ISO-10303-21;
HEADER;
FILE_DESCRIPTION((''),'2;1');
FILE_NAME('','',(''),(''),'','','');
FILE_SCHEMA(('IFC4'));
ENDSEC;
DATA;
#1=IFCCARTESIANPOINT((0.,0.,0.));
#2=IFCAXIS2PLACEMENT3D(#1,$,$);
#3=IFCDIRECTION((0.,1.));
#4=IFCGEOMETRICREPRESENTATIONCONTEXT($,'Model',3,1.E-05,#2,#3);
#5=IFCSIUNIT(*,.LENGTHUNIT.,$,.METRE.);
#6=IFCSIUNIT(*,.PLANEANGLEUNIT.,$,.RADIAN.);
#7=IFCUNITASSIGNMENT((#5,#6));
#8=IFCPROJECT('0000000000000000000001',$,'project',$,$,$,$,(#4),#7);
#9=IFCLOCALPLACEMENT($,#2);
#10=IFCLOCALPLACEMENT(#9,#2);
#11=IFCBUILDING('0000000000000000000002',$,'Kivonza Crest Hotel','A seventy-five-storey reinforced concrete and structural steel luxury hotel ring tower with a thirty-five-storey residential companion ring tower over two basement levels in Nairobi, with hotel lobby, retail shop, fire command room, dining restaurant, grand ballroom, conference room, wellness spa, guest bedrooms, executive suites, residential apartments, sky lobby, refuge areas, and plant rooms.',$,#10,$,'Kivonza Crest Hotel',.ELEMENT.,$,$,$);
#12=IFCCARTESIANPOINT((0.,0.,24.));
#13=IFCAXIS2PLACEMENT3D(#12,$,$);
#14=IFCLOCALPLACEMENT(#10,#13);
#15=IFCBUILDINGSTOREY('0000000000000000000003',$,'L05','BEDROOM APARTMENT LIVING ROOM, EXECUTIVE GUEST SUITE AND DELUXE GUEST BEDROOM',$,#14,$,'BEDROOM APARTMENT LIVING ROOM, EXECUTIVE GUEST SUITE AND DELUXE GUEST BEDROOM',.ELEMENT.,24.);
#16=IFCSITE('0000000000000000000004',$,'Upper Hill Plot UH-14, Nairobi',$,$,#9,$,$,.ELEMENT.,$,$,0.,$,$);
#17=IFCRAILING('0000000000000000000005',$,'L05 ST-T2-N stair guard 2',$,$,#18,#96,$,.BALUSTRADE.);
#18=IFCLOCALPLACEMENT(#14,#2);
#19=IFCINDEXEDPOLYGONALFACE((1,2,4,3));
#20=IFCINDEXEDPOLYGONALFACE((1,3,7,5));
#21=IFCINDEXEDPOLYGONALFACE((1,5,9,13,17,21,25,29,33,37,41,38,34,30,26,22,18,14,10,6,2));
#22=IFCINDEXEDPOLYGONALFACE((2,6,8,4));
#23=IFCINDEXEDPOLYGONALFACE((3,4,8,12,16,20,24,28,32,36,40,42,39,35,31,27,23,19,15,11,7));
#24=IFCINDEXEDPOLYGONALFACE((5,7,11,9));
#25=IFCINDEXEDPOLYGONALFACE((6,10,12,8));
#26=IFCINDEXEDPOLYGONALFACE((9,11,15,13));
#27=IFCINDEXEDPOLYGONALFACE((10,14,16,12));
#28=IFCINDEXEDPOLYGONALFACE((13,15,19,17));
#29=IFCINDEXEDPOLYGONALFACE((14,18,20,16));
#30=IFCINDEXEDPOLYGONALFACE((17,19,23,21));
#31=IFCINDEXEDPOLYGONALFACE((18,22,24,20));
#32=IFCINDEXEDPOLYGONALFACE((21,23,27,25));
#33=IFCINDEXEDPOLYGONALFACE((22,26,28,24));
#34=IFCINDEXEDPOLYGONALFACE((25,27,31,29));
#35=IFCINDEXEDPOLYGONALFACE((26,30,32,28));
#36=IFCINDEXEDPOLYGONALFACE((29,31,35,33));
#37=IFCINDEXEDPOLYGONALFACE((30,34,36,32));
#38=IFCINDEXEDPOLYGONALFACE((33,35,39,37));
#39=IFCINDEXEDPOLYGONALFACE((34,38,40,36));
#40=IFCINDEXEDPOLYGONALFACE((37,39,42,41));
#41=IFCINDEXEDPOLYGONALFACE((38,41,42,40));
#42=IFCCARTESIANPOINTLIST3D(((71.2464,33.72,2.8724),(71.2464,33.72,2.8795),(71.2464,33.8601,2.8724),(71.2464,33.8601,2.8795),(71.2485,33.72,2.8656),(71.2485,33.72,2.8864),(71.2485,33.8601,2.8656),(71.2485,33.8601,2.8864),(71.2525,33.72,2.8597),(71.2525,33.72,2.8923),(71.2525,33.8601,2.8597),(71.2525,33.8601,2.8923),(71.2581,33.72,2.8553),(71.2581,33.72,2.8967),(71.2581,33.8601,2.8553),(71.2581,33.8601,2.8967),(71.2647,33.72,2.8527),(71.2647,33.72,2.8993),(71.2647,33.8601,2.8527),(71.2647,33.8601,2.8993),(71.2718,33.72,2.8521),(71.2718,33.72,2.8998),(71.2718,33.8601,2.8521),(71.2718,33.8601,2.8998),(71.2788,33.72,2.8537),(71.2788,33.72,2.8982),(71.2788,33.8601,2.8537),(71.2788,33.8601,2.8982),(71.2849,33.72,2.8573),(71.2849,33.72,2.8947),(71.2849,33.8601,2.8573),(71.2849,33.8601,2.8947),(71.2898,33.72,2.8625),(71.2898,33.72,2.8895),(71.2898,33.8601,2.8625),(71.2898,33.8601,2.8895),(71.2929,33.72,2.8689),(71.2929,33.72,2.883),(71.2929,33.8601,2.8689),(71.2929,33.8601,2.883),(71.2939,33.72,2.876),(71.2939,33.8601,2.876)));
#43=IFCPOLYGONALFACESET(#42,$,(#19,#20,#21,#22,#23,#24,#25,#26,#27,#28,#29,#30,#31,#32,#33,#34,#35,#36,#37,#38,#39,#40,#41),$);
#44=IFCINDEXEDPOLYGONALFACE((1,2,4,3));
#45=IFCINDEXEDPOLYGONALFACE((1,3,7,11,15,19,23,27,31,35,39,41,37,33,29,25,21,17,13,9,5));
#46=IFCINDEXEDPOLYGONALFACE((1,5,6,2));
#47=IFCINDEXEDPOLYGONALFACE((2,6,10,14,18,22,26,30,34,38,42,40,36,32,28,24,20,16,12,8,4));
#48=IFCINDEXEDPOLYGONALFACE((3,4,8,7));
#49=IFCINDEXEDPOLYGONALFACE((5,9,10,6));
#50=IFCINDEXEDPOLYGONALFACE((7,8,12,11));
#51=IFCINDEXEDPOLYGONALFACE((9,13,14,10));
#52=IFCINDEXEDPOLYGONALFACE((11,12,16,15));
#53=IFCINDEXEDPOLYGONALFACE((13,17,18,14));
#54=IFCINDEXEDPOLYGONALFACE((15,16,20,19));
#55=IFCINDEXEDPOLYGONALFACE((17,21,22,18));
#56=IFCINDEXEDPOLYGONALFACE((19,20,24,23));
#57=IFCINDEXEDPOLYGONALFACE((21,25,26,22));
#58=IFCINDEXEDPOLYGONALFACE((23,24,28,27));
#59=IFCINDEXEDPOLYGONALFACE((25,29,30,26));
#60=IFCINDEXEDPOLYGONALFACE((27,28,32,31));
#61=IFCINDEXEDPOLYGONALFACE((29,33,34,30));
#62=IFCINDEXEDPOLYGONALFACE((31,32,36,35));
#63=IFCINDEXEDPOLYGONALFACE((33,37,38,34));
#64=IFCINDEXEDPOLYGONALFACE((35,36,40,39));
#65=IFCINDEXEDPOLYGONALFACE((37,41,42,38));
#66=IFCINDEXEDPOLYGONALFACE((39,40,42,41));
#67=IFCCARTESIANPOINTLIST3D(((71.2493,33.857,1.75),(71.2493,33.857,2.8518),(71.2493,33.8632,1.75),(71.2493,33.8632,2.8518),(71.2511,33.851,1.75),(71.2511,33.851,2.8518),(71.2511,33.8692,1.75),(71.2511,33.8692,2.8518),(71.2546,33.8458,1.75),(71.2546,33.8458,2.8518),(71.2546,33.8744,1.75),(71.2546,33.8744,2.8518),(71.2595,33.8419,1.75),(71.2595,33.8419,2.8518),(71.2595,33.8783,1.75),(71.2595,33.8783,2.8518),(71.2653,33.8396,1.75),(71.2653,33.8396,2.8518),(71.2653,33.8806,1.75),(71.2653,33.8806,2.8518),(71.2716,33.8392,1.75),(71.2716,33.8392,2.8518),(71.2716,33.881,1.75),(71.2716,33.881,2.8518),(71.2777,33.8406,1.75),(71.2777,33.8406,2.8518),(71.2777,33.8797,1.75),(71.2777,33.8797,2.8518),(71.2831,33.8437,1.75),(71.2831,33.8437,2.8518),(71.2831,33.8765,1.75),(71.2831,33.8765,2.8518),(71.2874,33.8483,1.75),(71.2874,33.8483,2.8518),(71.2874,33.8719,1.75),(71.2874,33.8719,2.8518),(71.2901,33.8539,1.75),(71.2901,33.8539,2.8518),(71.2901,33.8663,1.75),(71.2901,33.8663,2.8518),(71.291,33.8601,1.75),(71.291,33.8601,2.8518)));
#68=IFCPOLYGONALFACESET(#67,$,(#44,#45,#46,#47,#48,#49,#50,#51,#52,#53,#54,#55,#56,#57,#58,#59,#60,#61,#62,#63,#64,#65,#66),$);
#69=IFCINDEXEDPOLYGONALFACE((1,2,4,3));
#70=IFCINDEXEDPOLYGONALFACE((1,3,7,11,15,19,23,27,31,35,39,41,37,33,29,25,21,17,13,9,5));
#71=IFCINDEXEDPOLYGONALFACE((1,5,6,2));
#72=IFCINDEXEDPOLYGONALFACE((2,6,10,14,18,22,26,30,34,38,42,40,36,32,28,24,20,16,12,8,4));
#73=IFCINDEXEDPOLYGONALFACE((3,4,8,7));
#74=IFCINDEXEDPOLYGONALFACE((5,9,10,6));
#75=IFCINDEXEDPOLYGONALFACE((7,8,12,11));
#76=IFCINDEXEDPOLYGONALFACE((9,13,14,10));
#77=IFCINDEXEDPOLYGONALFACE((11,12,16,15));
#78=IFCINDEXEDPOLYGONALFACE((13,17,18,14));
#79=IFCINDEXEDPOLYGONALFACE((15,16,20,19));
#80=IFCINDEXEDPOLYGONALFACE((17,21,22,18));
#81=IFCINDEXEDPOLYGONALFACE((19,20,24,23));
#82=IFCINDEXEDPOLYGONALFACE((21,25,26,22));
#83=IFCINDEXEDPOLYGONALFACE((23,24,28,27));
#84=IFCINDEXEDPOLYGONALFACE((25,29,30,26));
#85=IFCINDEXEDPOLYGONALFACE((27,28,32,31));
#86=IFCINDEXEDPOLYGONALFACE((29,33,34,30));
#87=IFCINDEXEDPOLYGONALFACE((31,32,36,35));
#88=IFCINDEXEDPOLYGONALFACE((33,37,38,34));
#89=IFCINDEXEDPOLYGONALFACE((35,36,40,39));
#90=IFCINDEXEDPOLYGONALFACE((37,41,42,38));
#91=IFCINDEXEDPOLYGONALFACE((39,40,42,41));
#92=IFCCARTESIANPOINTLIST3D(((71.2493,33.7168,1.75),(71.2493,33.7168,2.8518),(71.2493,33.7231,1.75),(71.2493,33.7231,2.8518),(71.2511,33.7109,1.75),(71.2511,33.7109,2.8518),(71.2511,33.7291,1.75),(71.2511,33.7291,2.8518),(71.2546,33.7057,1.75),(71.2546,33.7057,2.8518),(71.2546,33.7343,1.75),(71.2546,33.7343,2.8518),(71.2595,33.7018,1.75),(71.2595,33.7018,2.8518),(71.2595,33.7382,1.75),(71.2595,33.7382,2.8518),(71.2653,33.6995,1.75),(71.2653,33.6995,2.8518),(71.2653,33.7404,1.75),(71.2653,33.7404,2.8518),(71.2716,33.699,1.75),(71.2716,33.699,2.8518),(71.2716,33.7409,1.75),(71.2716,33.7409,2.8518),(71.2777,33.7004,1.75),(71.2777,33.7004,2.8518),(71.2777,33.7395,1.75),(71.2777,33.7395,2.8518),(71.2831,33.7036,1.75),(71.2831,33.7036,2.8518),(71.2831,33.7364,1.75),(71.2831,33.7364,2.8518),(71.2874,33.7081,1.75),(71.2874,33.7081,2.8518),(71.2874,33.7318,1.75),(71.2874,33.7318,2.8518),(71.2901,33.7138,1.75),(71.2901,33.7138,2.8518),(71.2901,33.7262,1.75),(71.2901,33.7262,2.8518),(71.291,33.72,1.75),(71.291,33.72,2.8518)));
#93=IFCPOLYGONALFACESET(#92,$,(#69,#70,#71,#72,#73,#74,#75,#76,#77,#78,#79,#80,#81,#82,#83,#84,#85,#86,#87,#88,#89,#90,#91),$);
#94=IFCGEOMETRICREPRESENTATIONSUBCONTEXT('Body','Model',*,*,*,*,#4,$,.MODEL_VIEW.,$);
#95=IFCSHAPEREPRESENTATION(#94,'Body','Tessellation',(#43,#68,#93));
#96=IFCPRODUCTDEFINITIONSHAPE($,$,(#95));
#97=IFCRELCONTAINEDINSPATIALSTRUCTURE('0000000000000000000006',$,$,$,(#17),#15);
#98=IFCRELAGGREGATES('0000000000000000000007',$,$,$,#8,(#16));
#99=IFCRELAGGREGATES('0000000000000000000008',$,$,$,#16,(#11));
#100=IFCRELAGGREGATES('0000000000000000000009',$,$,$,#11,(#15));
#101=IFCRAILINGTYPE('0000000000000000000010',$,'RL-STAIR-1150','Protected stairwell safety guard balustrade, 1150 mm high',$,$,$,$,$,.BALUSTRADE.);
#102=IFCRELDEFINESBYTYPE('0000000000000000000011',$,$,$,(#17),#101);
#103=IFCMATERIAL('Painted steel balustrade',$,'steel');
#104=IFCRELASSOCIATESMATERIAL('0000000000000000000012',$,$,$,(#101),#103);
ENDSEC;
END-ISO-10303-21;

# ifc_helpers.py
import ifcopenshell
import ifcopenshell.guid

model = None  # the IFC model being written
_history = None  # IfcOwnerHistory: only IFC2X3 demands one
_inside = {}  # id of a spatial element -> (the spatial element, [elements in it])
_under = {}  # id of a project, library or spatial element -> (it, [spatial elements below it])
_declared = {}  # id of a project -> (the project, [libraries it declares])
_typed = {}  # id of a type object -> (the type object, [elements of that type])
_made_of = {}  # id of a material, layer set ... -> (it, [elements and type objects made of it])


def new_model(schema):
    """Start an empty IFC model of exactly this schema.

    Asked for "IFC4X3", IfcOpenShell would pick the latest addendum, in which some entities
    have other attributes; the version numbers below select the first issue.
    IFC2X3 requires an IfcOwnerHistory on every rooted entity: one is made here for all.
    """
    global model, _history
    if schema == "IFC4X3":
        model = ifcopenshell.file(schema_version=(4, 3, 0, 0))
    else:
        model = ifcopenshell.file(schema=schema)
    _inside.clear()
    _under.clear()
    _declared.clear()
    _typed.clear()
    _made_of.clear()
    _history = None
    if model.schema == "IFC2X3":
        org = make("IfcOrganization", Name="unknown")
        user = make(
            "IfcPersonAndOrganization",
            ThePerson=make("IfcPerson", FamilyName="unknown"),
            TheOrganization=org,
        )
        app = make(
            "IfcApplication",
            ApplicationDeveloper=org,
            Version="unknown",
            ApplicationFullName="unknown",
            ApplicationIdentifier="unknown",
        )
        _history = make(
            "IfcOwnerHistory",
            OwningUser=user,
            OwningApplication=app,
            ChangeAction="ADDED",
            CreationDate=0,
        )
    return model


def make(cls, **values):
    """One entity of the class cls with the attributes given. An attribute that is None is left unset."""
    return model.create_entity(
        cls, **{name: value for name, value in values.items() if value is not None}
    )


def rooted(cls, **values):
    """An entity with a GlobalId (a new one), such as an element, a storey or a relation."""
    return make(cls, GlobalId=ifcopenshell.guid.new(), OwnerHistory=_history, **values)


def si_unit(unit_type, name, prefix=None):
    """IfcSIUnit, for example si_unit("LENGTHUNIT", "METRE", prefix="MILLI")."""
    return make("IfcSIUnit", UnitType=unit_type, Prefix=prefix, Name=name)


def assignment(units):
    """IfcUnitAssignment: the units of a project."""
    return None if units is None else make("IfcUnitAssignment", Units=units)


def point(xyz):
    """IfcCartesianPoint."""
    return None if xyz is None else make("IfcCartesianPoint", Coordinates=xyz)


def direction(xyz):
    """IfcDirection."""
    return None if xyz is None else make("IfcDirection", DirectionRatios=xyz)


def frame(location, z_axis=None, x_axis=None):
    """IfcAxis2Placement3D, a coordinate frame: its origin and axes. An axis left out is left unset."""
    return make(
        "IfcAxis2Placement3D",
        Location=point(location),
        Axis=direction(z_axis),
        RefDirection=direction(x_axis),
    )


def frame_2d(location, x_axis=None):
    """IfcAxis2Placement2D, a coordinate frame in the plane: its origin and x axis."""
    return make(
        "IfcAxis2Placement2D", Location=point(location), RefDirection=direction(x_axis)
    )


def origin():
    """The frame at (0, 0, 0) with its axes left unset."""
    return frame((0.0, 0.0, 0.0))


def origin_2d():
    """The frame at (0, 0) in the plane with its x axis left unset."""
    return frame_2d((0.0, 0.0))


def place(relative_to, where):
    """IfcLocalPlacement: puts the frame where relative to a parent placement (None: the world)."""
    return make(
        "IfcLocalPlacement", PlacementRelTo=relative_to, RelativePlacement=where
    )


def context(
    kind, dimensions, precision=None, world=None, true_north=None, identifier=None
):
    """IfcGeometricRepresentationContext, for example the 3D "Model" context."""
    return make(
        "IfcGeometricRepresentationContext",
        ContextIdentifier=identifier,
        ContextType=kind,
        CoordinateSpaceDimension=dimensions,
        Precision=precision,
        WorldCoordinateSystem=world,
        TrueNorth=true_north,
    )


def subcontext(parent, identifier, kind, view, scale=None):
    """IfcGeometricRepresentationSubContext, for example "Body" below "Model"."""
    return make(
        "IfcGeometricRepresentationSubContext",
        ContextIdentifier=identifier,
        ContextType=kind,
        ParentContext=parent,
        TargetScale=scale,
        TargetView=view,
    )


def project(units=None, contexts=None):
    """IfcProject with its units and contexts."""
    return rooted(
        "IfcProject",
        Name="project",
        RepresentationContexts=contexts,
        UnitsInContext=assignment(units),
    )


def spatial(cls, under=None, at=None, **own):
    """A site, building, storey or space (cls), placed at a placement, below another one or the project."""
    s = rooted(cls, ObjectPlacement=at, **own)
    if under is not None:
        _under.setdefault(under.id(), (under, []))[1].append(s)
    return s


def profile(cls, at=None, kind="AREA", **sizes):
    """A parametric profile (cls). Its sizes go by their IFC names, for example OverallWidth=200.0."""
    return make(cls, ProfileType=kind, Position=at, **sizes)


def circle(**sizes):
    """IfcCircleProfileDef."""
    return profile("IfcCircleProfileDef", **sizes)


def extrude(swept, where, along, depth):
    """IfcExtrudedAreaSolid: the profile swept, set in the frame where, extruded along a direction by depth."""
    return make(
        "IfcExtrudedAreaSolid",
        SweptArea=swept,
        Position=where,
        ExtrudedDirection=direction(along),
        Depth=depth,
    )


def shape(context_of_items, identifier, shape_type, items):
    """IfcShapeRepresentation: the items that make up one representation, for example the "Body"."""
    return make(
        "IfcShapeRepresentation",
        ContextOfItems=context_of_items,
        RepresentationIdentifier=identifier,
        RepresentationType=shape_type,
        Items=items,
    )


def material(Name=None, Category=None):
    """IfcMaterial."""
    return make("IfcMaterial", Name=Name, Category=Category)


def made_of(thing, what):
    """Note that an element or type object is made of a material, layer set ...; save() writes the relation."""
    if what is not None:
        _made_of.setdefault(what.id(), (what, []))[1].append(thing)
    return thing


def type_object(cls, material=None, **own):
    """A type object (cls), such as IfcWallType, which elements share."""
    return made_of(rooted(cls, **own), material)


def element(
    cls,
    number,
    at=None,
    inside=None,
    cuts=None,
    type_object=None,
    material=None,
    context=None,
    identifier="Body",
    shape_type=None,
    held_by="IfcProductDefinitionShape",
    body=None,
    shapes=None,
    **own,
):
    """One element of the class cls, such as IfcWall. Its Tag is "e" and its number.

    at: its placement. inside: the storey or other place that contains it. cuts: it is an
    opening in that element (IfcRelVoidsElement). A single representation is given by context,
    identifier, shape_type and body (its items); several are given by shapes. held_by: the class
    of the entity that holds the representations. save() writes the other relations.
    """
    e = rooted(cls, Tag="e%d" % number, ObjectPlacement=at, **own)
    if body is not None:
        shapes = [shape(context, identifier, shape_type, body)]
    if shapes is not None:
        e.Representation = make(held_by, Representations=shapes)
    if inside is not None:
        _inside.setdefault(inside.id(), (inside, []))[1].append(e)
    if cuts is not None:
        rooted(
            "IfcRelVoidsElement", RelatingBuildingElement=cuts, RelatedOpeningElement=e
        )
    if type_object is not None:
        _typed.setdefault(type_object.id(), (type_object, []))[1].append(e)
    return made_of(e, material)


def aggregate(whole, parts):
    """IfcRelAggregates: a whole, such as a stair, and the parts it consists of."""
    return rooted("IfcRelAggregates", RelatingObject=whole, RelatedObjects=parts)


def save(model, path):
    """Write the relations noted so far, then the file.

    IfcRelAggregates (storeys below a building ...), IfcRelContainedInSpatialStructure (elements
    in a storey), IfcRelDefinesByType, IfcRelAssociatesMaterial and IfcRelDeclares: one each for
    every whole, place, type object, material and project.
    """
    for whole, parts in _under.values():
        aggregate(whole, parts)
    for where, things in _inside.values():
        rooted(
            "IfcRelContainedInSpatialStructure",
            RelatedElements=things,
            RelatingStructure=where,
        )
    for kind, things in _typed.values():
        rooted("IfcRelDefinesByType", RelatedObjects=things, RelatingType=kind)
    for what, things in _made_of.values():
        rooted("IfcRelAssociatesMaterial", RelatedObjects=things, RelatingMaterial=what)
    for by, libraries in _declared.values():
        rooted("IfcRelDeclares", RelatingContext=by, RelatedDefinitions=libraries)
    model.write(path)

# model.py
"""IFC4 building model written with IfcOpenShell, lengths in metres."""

from ifc_helpers import new_model, si_unit, direction, frame, origin, origin_2d, place, context, subcontext, project, spatial, circle, extrude, material, type_object, element, save


model = new_model("IFC4")

# Units and contexts
model_context = context("Model", 3, precision=1e-05, world=origin(), true_north=direction((0.0, 1.0)))
body_context = subcontext(model_context, "Body", "Model", "MODEL_VIEW")
ifc_project = project(units=[si_unit("LENGTHUNIT", "METRE"), si_unit("PLANEANGLEUNIT", "RADIAN")], contexts=[model_context])

# Site, building, storey
site_placement = place(None, origin())
site = spatial("IfcSite", under=ifc_project, at=site_placement, Name="Upper Hill Plot UH-14, Nairobi", CompositionType="ELEMENT", RefElevation=0.0)
building_placement = place(site_placement, origin())
building = spatial("IfcBuilding", under=site, at=building_placement, Name="Kivonza Crest Hotel", Description="A seventy-five-storey reinforced concrete and structural steel luxury hotel ring tower with a thirty-five-storey residential companion ring tower over two basement levels in Nairobi, with hotel lobby, retail shop, fire command room, dining restaurant, grand ballroom, conference room, wellness spa, guest bedrooms, executive suites, residential apartments, sky lobby, refuge areas, and plant rooms.", LongName="Kivonza Crest Hotel", CompositionType="ELEMENT")
storey_placement = place(building_placement, frame((0.0, 0.0, 24.0)))
storey = spatial("IfcBuildingStorey", under=building, at=storey_placement, Name="L05", Description="BEDROOM APARTMENT LIVING ROOM, EXECUTIVE GUEST SUITE AND DELUXE GUEST BEDROOM", LongName="BEDROOM APARTMENT LIVING ROOM, EXECUTIVE GUEST SUITE AND DELUXE GUEST BEDROOM", CompositionType="ELEMENT", Elevation=24.0)

# Railing
ifc_material_1 = material(Name="Painted steel balustrade", Category="steel")
railing_type_1 = type_object("IfcRailingType", Name="RL-STAIR-1150", Description="Protected stairwell safety guard balustrade, 1150 mm high", PredefinedType="BALUSTRADE", material=ifc_material_1)
railing_1_placement = place(storey_placement, frame((71.27, 33.8601, 1.75)))
element("IfcRailing", 1, at=railing_1_placement, inside=storey, type_object=railing_type_1, Name="L05 ST-T2-N stair guard 2", PredefinedType="BALUSTRADE", context=body_context, shape_type="SweptSolid", body=[
    extrude(circle(Radius=0.0239, at=origin_2d()), frame((0.0, 0.0, 1.126), z_axis=(0.0, -1.0, 0.0), x_axis=(1.0, 0.0, 0.0)), (0.0, 0.0, 1.0), 0.1401),
    extrude(circle(Radius=0.021, at=origin_2d()), origin(), (0.0, 0.0, 1.0), 1.1018),
    extrude(circle(Radius=0.021, at=origin_2d()), frame((0.0, -0.1401, 0.0)), (0.0, 0.0, 1.0), 1.1018),
])

save(model, "model.ifc")
